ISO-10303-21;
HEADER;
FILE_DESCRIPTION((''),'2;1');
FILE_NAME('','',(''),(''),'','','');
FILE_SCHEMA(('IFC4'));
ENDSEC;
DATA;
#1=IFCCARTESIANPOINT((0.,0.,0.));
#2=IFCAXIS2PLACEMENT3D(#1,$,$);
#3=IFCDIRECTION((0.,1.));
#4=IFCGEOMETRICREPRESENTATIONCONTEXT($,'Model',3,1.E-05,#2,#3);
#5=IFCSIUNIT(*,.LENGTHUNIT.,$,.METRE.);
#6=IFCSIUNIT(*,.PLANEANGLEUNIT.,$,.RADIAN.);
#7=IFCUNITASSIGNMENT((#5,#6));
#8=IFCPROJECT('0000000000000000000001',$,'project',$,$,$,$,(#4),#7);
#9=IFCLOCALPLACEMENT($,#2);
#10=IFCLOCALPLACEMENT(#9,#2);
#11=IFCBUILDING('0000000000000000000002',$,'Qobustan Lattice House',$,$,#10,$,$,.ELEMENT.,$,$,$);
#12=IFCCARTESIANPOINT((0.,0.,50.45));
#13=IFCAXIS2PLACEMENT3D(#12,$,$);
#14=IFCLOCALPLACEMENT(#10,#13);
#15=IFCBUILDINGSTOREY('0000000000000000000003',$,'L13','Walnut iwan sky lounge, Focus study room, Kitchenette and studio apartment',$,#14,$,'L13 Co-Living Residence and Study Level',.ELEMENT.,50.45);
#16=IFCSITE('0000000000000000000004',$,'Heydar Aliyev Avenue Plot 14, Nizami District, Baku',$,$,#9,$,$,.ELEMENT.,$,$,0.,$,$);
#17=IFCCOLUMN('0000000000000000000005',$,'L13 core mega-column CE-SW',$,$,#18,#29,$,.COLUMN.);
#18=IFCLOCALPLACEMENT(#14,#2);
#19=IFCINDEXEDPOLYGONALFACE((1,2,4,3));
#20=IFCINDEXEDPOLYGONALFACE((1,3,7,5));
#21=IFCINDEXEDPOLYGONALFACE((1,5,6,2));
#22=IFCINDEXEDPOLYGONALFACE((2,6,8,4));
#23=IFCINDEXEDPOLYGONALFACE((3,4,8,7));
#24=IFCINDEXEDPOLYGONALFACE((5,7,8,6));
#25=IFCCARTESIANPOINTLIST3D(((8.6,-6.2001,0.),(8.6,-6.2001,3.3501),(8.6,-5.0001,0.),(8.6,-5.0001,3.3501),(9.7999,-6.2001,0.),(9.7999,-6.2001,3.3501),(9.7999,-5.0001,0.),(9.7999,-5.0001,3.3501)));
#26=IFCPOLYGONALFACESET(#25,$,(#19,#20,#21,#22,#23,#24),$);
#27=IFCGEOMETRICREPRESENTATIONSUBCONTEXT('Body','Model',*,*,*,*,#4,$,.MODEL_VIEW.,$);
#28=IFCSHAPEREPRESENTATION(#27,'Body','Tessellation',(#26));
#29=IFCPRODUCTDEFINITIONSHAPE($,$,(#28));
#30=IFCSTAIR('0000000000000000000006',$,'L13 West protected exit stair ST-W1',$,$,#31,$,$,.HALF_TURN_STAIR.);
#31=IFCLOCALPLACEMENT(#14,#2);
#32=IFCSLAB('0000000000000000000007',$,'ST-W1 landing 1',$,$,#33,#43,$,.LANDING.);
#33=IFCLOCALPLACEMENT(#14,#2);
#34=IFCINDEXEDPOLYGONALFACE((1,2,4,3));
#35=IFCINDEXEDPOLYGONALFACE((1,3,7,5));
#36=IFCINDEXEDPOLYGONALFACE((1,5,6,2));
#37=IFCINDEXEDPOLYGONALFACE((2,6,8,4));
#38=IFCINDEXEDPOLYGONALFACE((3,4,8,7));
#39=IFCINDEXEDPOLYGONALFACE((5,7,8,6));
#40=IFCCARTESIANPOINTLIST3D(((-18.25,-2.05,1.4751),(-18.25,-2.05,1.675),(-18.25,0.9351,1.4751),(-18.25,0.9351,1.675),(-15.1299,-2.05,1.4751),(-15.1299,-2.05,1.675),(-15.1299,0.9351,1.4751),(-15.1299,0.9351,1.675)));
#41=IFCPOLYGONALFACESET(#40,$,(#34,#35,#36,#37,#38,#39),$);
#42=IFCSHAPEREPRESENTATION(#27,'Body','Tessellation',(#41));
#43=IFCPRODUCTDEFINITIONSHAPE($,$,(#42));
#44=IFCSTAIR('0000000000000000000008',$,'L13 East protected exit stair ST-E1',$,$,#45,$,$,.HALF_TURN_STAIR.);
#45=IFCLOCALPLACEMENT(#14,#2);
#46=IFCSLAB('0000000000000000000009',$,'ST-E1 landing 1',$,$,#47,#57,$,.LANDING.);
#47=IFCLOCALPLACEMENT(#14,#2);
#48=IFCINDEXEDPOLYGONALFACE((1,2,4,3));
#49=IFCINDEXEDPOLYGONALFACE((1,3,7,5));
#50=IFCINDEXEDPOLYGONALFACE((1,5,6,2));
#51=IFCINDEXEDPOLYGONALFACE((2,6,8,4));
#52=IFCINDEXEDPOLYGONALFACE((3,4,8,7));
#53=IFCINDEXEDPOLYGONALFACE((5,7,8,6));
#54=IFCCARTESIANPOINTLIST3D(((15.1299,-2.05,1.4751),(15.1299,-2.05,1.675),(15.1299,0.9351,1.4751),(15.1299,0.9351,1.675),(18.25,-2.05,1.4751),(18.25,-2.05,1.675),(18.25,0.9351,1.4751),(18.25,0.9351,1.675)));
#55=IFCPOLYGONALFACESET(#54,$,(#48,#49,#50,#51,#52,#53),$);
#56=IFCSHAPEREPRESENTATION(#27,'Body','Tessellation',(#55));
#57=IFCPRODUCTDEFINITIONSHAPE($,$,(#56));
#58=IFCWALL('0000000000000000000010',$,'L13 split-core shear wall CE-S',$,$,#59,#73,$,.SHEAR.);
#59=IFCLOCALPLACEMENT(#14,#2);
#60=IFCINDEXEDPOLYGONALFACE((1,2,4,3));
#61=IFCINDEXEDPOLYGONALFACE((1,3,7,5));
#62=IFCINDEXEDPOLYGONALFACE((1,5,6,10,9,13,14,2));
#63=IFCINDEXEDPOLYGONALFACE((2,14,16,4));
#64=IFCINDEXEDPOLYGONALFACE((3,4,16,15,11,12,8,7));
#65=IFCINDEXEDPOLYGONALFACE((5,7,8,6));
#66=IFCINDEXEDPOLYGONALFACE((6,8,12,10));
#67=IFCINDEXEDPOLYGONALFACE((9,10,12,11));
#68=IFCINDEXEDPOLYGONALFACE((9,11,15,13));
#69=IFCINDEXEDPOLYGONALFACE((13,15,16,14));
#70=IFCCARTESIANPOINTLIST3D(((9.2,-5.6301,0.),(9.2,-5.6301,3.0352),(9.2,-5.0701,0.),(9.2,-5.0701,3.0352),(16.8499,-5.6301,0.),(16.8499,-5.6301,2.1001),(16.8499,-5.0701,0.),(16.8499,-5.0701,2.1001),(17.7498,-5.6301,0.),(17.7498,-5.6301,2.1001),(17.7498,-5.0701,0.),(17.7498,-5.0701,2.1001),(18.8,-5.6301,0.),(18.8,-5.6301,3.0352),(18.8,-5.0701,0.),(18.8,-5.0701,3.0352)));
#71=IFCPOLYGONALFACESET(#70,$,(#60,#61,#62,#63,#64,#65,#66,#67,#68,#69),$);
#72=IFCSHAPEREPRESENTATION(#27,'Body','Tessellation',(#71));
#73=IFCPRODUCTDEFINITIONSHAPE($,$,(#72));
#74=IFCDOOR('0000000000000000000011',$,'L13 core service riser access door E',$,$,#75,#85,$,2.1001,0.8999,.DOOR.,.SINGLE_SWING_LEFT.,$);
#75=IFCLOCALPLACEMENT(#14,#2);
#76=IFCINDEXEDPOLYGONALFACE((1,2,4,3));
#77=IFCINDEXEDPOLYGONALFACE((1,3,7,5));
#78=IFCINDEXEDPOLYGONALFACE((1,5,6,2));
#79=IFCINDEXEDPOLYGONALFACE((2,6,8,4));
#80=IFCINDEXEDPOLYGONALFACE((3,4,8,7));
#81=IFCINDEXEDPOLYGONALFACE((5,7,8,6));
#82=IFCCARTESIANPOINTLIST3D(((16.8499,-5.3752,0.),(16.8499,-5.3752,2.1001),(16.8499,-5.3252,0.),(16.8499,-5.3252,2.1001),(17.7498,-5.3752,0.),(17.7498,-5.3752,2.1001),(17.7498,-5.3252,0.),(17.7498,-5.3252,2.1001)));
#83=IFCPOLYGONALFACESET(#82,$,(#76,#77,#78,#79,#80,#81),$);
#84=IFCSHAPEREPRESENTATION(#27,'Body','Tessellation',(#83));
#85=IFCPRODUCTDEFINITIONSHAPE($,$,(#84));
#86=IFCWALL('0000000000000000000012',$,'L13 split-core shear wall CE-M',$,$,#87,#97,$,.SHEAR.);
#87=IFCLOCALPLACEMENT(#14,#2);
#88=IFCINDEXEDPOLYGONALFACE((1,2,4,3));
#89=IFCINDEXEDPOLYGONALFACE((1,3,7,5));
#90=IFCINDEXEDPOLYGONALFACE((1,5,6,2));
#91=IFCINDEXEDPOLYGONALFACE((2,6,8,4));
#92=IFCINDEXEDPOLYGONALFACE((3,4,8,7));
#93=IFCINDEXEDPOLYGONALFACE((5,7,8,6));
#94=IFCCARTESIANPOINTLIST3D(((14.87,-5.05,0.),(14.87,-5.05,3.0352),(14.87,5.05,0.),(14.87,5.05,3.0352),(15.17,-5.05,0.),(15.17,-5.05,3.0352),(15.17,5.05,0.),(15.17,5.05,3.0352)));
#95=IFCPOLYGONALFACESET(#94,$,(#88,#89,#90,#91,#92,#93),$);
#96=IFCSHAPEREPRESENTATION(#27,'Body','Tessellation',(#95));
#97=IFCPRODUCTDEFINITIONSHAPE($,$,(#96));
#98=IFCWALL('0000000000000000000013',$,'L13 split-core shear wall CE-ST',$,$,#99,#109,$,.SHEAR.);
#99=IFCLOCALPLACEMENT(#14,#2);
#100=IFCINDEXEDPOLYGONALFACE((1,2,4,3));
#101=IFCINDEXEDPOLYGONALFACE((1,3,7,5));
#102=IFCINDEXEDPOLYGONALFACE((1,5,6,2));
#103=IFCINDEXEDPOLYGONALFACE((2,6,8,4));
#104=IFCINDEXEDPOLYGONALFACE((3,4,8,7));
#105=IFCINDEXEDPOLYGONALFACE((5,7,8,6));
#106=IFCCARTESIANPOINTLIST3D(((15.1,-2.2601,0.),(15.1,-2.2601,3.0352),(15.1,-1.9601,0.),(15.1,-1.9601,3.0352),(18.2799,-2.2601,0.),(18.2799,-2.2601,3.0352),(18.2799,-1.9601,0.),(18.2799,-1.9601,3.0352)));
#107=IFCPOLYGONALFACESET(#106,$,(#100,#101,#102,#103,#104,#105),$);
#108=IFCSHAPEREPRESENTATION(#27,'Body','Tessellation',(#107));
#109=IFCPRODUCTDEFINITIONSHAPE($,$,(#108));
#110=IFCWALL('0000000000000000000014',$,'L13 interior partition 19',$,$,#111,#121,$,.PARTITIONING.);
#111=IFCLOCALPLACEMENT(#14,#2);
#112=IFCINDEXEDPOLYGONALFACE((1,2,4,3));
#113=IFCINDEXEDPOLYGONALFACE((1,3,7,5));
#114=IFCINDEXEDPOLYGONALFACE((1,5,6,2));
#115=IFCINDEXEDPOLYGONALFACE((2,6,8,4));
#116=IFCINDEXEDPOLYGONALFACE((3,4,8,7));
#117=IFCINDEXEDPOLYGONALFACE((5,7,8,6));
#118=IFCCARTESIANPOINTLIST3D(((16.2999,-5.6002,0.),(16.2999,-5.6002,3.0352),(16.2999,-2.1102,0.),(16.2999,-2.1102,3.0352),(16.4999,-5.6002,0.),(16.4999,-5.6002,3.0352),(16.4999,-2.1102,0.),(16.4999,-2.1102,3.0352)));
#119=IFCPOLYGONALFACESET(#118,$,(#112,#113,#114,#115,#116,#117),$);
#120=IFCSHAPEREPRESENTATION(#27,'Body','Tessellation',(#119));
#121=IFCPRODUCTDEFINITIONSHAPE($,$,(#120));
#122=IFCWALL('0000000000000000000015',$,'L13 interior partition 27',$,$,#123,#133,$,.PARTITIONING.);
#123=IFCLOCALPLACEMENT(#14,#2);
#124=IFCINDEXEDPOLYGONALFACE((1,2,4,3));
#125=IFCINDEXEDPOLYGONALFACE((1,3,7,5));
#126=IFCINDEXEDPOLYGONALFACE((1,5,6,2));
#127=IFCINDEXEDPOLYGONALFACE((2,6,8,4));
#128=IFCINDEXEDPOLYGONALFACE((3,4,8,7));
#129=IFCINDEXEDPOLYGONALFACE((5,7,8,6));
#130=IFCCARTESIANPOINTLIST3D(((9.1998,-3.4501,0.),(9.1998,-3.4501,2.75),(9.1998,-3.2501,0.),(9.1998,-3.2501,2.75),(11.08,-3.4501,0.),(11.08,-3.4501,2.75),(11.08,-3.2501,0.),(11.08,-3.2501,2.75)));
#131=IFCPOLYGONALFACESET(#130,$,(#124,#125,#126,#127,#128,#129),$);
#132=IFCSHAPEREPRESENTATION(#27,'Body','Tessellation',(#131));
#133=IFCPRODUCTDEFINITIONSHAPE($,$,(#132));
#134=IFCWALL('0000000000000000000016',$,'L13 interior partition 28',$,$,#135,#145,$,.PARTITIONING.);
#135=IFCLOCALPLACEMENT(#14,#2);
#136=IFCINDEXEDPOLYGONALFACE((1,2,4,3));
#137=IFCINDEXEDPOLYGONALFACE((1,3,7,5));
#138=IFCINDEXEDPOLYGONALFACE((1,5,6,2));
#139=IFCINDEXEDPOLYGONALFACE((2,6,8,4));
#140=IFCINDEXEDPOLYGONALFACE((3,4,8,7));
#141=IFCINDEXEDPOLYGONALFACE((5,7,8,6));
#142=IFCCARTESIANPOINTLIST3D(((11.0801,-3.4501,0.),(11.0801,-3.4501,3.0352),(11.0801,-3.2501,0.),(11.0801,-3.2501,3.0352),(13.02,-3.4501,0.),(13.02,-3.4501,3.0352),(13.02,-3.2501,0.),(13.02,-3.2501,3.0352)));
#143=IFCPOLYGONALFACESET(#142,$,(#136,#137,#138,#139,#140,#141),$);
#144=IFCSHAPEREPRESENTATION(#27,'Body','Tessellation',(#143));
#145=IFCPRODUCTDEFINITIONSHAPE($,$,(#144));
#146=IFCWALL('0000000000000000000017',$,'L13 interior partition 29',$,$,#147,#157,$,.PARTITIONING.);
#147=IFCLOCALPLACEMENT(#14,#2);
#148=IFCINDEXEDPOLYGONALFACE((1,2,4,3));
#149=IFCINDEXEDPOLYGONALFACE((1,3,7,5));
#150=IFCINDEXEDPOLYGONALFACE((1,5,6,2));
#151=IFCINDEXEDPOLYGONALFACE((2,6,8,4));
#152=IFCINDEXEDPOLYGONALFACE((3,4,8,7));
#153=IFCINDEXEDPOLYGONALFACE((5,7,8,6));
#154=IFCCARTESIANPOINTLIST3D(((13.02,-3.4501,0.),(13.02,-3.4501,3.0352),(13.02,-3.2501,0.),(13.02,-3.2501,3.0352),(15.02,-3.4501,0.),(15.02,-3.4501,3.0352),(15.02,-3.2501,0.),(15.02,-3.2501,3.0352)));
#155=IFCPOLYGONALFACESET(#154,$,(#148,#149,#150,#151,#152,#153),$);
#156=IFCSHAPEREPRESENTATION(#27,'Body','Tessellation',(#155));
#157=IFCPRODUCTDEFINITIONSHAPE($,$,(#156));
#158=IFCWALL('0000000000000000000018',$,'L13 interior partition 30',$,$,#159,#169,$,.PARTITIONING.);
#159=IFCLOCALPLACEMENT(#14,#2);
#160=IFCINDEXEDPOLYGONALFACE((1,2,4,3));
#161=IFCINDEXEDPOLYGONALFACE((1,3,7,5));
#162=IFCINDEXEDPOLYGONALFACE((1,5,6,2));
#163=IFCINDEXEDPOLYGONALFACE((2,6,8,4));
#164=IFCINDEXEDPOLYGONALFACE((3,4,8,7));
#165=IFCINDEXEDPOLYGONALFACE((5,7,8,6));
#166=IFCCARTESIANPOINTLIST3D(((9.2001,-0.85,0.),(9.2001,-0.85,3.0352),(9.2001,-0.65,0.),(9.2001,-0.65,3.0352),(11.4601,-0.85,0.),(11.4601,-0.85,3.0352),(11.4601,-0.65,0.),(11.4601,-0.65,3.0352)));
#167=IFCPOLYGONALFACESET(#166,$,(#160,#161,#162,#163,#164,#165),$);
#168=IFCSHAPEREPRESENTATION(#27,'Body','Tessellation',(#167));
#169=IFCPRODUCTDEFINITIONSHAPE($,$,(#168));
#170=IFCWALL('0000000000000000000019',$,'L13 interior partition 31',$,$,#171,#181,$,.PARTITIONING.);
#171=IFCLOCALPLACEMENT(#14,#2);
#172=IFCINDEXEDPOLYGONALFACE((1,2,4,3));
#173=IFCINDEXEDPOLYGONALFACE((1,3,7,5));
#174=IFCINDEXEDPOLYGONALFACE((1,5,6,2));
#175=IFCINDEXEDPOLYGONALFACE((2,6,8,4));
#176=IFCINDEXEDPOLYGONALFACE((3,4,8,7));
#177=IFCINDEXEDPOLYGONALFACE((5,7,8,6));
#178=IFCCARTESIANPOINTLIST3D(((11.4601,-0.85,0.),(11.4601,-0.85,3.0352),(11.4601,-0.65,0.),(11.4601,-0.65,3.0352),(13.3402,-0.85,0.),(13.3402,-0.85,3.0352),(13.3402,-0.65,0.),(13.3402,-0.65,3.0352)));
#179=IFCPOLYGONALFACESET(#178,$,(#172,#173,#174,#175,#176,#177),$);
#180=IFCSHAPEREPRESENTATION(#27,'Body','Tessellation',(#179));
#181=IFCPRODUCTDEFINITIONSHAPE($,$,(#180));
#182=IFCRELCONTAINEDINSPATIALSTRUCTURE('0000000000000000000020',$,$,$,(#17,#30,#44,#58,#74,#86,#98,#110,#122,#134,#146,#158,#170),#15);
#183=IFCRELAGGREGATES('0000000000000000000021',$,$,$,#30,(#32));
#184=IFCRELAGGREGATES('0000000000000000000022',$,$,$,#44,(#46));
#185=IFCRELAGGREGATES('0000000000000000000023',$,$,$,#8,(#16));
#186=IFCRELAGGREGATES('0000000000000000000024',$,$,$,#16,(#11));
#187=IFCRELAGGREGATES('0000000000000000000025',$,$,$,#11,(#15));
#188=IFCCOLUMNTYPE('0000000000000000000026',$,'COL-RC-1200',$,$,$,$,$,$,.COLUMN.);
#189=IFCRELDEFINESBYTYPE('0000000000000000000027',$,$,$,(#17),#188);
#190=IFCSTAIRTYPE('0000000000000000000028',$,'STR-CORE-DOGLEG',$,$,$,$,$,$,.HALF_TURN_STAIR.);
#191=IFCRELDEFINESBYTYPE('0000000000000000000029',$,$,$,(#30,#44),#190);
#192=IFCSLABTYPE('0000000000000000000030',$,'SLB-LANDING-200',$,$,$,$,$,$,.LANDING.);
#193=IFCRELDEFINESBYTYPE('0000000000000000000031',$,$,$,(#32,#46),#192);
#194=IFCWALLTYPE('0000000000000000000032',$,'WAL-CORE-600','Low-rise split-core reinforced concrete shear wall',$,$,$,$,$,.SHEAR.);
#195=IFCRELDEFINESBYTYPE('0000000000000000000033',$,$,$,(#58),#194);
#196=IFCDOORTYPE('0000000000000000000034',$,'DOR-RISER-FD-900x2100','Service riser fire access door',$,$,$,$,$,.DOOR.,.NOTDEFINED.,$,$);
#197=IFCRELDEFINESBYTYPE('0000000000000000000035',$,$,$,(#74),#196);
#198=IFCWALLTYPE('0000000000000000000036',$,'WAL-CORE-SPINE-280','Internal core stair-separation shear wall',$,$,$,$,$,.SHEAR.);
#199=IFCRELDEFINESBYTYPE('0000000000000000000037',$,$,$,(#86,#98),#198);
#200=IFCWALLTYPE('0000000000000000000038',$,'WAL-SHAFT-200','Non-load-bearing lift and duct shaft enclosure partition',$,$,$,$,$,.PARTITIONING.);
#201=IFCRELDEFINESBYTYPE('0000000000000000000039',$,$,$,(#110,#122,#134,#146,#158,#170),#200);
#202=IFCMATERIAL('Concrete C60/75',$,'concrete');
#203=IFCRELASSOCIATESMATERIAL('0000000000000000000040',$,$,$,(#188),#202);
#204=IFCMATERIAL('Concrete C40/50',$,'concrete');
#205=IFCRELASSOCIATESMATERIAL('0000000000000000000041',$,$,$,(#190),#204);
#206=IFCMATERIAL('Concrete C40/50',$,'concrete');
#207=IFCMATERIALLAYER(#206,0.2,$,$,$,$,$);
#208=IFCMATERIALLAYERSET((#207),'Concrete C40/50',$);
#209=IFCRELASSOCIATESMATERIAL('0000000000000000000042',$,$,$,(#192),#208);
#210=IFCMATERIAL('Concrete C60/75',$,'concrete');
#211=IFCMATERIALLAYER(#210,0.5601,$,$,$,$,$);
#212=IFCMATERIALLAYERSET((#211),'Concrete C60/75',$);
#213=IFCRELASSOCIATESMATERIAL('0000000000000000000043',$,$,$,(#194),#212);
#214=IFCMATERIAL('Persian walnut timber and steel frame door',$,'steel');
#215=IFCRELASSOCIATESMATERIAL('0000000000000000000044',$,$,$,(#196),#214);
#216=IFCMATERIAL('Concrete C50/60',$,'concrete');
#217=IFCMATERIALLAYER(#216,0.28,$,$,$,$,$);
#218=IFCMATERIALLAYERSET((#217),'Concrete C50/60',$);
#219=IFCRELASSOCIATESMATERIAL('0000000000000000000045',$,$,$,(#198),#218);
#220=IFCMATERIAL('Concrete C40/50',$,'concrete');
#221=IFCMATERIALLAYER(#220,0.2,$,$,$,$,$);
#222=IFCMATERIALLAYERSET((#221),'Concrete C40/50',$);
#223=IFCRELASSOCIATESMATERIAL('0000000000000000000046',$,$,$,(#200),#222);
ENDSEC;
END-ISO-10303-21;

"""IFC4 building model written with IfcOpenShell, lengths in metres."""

from ifc_helpers import new_model, si_unit, direction, frame, frame_2d, origin, origin_2d, place, context, subcontext, project, spatial, polyline, rectangle, outline, extrude, material, layer, layer_set, material_profile, profile_set, type_object, element, fill, aggregate, save


model = new_model("IFC4")

# Units and contexts
model_context = context("Model", 3, precision=1e-05, world=origin(), true_north=direction((0.0, 1.0)))
body_context = subcontext(model_context, "Body", "Model", "MODEL_VIEW")
ifc_project = project(units=[si_unit("LENGTHUNIT", "METRE"), si_unit("PLANEANGLEUNIT", "RADIAN")], contexts=[model_context])

# Site, building, storey
site_placement = place(None, origin())
site = spatial("IfcSite", under=ifc_project, at=site_placement, Name="Heydar Aliyev Avenue Plot 14, Nizami District, Baku", CompositionType="ELEMENT", RefElevation=0.0)
building_placement = place(site_placement, origin())
building = spatial("IfcBuilding", under=site, at=building_placement, Name="Qobustan Lattice House", CompositionType="ELEMENT")
storey_placement = place(building_placement, frame((0.0, 0.0, 50.45)))
storey = spatial("IfcBuildingStorey", under=building, at=storey_placement, Name="L13", Description="Walnut iwan sky lounge, Focus study room, Kitchenette and studio apartment", LongName="L13 Co-Living Residence and Study Level", CompositionType="ELEMENT", Elevation=50.45)

# Column
ifc_material_1 = material(Name="Concrete C60/75", Category="concrete")
ifc_material_profile = material_profile(ifc_material_1, rectangle(XDim=1.2, YDim=1.2, at=origin_2d()), Name="RC1200x1200")
ifc_profile_set = profile_set([ifc_material_profile], Name="Concrete C60/75")
column_type = type_object("IfcColumnType", Name="COL-RC-1200", PredefinedType="COLUMN", material=ifc_profile_set)
column_placement = place(storey_placement, frame((9.2, -5.6001, 0.0), z_axis=(0.0, 0.0, 1.0), x_axis=(1.0, 0.0, 0.0)))
element("IfcColumn", 1, at=column_placement, inside=storey, type_object=column_type, Name="L13 core mega-column CE-SW", PredefinedType="COLUMN", context=body_context, shape_type="SweptSolid", body=[
    extrude(rectangle(XDim=1.2, YDim=1.2, at=origin_2d()), origin(), (0.0, 0.0, 1.0), 3.3501),
])

# Stairs, slabs
ifc_material_2 = material(Name="Concrete C40/50", Category="concrete")
stair_type = type_object("IfcStairType", Name="STR-CORE-DOGLEG", PredefinedType="HALF_TURN_STAIR", material=ifc_material_2)
stair_1_placement = place(storey_placement, origin())
stair_1 = element("IfcStair", 2, at=stair_1_placement, inside=storey, type_object=stair_type, Name="L13 West protected exit stair ST-W1", PredefinedType="HALF_TURN_STAIR")
ifc_material_3 = material(Name="Concrete C40/50", Category="concrete")
ifc_layer_1 = layer(ifc_material_3, 0.2)
ifc_layer_set_1 = layer_set([ifc_layer_1], Name="Concrete C40/50")
slab_type = type_object("IfcSlabType", Name="SLB-LANDING-200", PredefinedType="LANDING", material=ifc_layer_set_1)
slab_1_placement = place(storey_placement, frame((0.0, 0.0, 1.4751)))
slab_1 = element("IfcSlab", 3, at=slab_1_placement, type_object=slab_type, Name="ST-W1 landing 1", PredefinedType="LANDING", context=body_context, shape_type="SweptSolid", body=[
    extrude(outline(polyline([(-18.25, 0.9351), (-18.25, -2.05), (-15.1299, -2.05), (-15.1299, 0.9351), (-18.25, 0.9351)])), origin(), (0.0, 0.0, 1.0), 0.2),
])
aggregate(stair_1, [slab_1])
stair_2_placement = place(storey_placement, origin())
stair_2 = element("IfcStair", 4, at=stair_2_placement, inside=storey, type_object=stair_type, Name="L13 East protected exit stair ST-E1", PredefinedType="HALF_TURN_STAIR")
slab_2_placement = place(storey_placement, frame((0.0, 0.0, 1.4751)))
slab_2 = element("IfcSlab", 5, at=slab_2_placement, type_object=slab_type, Name="ST-E1 landing 1", PredefinedType="LANDING", context=body_context, shape_type="SweptSolid", body=[
    extrude(outline(polyline([(15.1299, 0.9351), (15.1299, -2.05), (18.25, -2.05), (18.25, 0.9351), (15.1299, 0.9351)])), origin(), (0.0, 0.0, 1.0), 0.2),
])
aggregate(stair_2, [slab_2])

# Wall, opening, door
ifc_material_4 = material(Name="Concrete C60/75", Category="concrete")
ifc_layer_2 = layer(ifc_material_4, 0.5601)
ifc_layer_set_2 = layer_set([ifc_layer_2], Name="Concrete C60/75")
wall_type_1 = type_object("IfcWallType", Name="WAL-CORE-600", Description="Low-rise split-core reinforced concrete shear wall", PredefinedType="SHEAR", material=ifc_layer_set_2)
wall_1_placement = place(storey_placement, frame((9.2, -5.3501, 0.0), z_axis=(0.0, 0.0, 1.0), x_axis=(1.0, 0.0, 0.0)))
wall_1 = element("IfcWall", 6, at=wall_1_placement, inside=storey, type_object=wall_type_1, Name="L13 split-core shear wall CE-S", PredefinedType="SHEAR", context=body_context, shape_type="SweptSolid", body=[
    extrude(rectangle(XDim=9.6001, YDim=0.5601, at=frame_2d((4.8, 0.0))), origin(), (0.0, 0.0, 1.0), 3.0352),
])
opening_1_placement = place(wall_1_placement, frame((7.6499, 0.0, 0.0)))
opening_1 = element("IfcOpeningElement", 7, at=opening_1_placement, cuts=wall_1, PredefinedType="OPENING", context=body_context, shape_type="SweptSolid", body=[
    extrude(rectangle(XDim=0.8999, YDim=2.1001, at=frame_2d((0.45, 1.05))), frame((0.0, 0.29, 0.0), z_axis=(0.0, -1.0, 0.0), x_axis=(1.0, 0.0, 0.0)), (0.0, 0.0, 1.0), 0.5801),
])
ifc_material_5 = material(Name="Persian walnut timber and steel frame door", Category="steel")
door_type_1 = type_object("IfcDoorType", Name="DOR-RISER-FD-900x2100", Description="Service riser fire access door", OperationType="NOTDEFINED", PredefinedType="DOOR", material=ifc_material_5)
door_1_placement = place(opening_1_placement, origin())
door_1 = element("IfcDoor", 8, at=door_1_placement, inside=storey, type_object=door_type_1, Name="L13 core service riser access door E", OperationType="SINGLE_SWING_LEFT", OverallHeight=2.1001, OverallWidth=0.8999, PredefinedType="DOOR", context=body_context, shape_type="SweptSolid", body=[
    extrude(rectangle(XDim=0.8999, YDim=2.1001, at=frame_2d((0.45, 1.05))), frame((0.0, 0.0249, 0.0), z_axis=(0.0, -1.0, 0.0), x_axis=(1.0, 0.0, 0.0)), (0.0, 0.0, 1.0), 0.05),
])
fill(opening_1, door_1)

# Walls
ifc_material_6 = material(Name="Concrete C50/60", Category="concrete")
ifc_layer_3 = layer(ifc_material_6, 0.28)
ifc_layer_set_3 = layer_set([ifc_layer_3], Name="Concrete C50/60")
wall_type_2 = type_object("IfcWallType", Name="WAL-CORE-SPINE-280", Description="Internal core stair-separation shear wall", PredefinedType="SHEAR", material=ifc_layer_set_3)
wall_2_placement = place(storey_placement, frame((15.02, -5.05, 0.0), z_axis=(0.0, 0.0, 1.0), x_axis=(0.0, 1.0, 0.0)))
element("IfcWall", 9, at=wall_2_placement, inside=storey, type_object=wall_type_2, Name="L13 split-core shear wall CE-M", PredefinedType="SHEAR", context=body_context, shape_type="SweptSolid", body=[
    extrude(rectangle(XDim=10.1001, YDim=0.3, at=frame_2d((5.05, 0.0))), origin(), (0.0, 0.0, 1.0), 3.0352),
])
wall_3_placement = place(storey_placement, frame((15.1001, -2.1101, 0.0), z_axis=(0.0, 0.0, 1.0), x_axis=(1.0, 0.0, 0.0)))
element("IfcWall", 10, at=wall_3_placement, inside=storey, type_object=wall_type_2, Name="L13 split-core shear wall CE-ST", PredefinedType="SHEAR", context=body_context, shape_type="SweptSolid", body=[
    extrude(rectangle(XDim=3.1799, YDim=0.3, at=frame_2d((1.5898, 0.0))), origin(), (0.0, 0.0, 1.0), 3.0352),
])
ifc_material_7 = material(Name="Concrete C40/50", Category="concrete")
ifc_layer_4 = layer(ifc_material_7, 0.2)
ifc_layer_set_4 = layer_set([ifc_layer_4], Name="Concrete C40/50")
wall_type_3 = type_object("IfcWallType", Name="WAL-SHAFT-200", Description="Non-load-bearing lift and duct shaft enclosure partition", PredefinedType="PARTITIONING", material=ifc_layer_set_4)
wall_4_placement = place(storey_placement, frame((16.3999, -2.1101, 0.0), z_axis=(0.0, 0.0, 1.0), x_axis=(0.0, -1.0, 0.0)))
element("IfcWall", 11, at=wall_4_placement, inside=storey, type_object=wall_type_3, Name="L13 interior partition 19", PredefinedType="PARTITIONING", context=body_context, shape_type="SweptSolid", body=[
    extrude(rectangle(XDim=3.49, YDim=0.2, at=frame_2d((1.7451, 0.0))), origin(), (0.0, 0.0, 1.0), 3.0352),
])
wall_5_placement = place(storey_placement, frame((9.2, -3.3501, 0.0), z_axis=(0.0, 0.0, 1.0), x_axis=(1.0, 0.0, 0.0)))
element("IfcWall", 12, at=wall_5_placement, inside=storey, type_object=wall_type_3, Name="L13 interior partition 27", PredefinedType="PARTITIONING", context=body_context, shape_type="SweptSolid", body=[
    extrude(rectangle(XDim=1.8801, YDim=0.2, at=frame_2d((0.9399, 0.0))), origin(), (0.0, 0.0, 1.0), 2.75),
])
wall_6_placement = place(storey_placement, frame((11.0801, -3.3501, 0.0), z_axis=(0.0, 0.0, 1.0), x_axis=(1.0, 0.0, 0.0)))
element("IfcWall", 13, at=wall_6_placement, inside=storey, type_object=wall_type_3, Name="L13 interior partition 28", PredefinedType="PARTITIONING", context=body_context, shape_type="SweptSolid", body=[
    extrude(rectangle(XDim=1.9399, YDim=0.2, at=frame_2d((0.97, 0.0))), origin(), (0.0, 0.0, 1.0), 3.0352),
])
wall_7_placement = place(storey_placement, frame((13.02, -3.3501, 0.0), z_axis=(0.0, 0.0, 1.0), x_axis=(1.0, 0.0, 0.0)))
element("IfcWall", 14, at=wall_7_placement, inside=storey, type_object=wall_type_3, Name="L13 interior partition 29", PredefinedType="PARTITIONING", context=body_context, shape_type="SweptSolid", body=[
    extrude(rectangle(XDim=2.0, YDim=0.2, at=frame_2d((1.0, 0.0))), origin(), (0.0, 0.0, 1.0), 3.0352),
])
wall_8_placement = place(storey_placement, frame((11.46, -0.75, 0.0), z_axis=(0.0, 0.0, 1.0), x_axis=(-1.0, 0.0, 0.0)))
element("IfcWall", 15, at=wall_8_placement, inside=storey, type_object=wall_type_3, Name="L13 interior partition 30", PredefinedType="PARTITIONING", context=body_context, shape_type="SweptSolid", body=[
    extrude(rectangle(XDim=2.26, YDim=0.2, at=frame_2d((1.1299, 0.0))), origin(), (0.0, 0.0, 1.0), 3.0352),
])
wall_9_placement = place(storey_placement, frame((13.3401, -0.75, 0.0), z_axis=(0.0, 0.0, 1.0), x_axis=(-1.0, 0.0, 0.0)))
element("IfcWall", 16, at=wall_9_placement, inside=storey, type_object=wall_type_3, Name="L13 interior partition 31", PredefinedType="PARTITIONING", context=body_context, shape_type="SweptSolid", body=[
    extrude(rectangle(XDim=1.8801, YDim=0.2, at=frame_2d((0.9399, 0.0))), origin(), (0.0, 0.0, 1.0), 3.0352),
])

save(model, "model.ifc")
